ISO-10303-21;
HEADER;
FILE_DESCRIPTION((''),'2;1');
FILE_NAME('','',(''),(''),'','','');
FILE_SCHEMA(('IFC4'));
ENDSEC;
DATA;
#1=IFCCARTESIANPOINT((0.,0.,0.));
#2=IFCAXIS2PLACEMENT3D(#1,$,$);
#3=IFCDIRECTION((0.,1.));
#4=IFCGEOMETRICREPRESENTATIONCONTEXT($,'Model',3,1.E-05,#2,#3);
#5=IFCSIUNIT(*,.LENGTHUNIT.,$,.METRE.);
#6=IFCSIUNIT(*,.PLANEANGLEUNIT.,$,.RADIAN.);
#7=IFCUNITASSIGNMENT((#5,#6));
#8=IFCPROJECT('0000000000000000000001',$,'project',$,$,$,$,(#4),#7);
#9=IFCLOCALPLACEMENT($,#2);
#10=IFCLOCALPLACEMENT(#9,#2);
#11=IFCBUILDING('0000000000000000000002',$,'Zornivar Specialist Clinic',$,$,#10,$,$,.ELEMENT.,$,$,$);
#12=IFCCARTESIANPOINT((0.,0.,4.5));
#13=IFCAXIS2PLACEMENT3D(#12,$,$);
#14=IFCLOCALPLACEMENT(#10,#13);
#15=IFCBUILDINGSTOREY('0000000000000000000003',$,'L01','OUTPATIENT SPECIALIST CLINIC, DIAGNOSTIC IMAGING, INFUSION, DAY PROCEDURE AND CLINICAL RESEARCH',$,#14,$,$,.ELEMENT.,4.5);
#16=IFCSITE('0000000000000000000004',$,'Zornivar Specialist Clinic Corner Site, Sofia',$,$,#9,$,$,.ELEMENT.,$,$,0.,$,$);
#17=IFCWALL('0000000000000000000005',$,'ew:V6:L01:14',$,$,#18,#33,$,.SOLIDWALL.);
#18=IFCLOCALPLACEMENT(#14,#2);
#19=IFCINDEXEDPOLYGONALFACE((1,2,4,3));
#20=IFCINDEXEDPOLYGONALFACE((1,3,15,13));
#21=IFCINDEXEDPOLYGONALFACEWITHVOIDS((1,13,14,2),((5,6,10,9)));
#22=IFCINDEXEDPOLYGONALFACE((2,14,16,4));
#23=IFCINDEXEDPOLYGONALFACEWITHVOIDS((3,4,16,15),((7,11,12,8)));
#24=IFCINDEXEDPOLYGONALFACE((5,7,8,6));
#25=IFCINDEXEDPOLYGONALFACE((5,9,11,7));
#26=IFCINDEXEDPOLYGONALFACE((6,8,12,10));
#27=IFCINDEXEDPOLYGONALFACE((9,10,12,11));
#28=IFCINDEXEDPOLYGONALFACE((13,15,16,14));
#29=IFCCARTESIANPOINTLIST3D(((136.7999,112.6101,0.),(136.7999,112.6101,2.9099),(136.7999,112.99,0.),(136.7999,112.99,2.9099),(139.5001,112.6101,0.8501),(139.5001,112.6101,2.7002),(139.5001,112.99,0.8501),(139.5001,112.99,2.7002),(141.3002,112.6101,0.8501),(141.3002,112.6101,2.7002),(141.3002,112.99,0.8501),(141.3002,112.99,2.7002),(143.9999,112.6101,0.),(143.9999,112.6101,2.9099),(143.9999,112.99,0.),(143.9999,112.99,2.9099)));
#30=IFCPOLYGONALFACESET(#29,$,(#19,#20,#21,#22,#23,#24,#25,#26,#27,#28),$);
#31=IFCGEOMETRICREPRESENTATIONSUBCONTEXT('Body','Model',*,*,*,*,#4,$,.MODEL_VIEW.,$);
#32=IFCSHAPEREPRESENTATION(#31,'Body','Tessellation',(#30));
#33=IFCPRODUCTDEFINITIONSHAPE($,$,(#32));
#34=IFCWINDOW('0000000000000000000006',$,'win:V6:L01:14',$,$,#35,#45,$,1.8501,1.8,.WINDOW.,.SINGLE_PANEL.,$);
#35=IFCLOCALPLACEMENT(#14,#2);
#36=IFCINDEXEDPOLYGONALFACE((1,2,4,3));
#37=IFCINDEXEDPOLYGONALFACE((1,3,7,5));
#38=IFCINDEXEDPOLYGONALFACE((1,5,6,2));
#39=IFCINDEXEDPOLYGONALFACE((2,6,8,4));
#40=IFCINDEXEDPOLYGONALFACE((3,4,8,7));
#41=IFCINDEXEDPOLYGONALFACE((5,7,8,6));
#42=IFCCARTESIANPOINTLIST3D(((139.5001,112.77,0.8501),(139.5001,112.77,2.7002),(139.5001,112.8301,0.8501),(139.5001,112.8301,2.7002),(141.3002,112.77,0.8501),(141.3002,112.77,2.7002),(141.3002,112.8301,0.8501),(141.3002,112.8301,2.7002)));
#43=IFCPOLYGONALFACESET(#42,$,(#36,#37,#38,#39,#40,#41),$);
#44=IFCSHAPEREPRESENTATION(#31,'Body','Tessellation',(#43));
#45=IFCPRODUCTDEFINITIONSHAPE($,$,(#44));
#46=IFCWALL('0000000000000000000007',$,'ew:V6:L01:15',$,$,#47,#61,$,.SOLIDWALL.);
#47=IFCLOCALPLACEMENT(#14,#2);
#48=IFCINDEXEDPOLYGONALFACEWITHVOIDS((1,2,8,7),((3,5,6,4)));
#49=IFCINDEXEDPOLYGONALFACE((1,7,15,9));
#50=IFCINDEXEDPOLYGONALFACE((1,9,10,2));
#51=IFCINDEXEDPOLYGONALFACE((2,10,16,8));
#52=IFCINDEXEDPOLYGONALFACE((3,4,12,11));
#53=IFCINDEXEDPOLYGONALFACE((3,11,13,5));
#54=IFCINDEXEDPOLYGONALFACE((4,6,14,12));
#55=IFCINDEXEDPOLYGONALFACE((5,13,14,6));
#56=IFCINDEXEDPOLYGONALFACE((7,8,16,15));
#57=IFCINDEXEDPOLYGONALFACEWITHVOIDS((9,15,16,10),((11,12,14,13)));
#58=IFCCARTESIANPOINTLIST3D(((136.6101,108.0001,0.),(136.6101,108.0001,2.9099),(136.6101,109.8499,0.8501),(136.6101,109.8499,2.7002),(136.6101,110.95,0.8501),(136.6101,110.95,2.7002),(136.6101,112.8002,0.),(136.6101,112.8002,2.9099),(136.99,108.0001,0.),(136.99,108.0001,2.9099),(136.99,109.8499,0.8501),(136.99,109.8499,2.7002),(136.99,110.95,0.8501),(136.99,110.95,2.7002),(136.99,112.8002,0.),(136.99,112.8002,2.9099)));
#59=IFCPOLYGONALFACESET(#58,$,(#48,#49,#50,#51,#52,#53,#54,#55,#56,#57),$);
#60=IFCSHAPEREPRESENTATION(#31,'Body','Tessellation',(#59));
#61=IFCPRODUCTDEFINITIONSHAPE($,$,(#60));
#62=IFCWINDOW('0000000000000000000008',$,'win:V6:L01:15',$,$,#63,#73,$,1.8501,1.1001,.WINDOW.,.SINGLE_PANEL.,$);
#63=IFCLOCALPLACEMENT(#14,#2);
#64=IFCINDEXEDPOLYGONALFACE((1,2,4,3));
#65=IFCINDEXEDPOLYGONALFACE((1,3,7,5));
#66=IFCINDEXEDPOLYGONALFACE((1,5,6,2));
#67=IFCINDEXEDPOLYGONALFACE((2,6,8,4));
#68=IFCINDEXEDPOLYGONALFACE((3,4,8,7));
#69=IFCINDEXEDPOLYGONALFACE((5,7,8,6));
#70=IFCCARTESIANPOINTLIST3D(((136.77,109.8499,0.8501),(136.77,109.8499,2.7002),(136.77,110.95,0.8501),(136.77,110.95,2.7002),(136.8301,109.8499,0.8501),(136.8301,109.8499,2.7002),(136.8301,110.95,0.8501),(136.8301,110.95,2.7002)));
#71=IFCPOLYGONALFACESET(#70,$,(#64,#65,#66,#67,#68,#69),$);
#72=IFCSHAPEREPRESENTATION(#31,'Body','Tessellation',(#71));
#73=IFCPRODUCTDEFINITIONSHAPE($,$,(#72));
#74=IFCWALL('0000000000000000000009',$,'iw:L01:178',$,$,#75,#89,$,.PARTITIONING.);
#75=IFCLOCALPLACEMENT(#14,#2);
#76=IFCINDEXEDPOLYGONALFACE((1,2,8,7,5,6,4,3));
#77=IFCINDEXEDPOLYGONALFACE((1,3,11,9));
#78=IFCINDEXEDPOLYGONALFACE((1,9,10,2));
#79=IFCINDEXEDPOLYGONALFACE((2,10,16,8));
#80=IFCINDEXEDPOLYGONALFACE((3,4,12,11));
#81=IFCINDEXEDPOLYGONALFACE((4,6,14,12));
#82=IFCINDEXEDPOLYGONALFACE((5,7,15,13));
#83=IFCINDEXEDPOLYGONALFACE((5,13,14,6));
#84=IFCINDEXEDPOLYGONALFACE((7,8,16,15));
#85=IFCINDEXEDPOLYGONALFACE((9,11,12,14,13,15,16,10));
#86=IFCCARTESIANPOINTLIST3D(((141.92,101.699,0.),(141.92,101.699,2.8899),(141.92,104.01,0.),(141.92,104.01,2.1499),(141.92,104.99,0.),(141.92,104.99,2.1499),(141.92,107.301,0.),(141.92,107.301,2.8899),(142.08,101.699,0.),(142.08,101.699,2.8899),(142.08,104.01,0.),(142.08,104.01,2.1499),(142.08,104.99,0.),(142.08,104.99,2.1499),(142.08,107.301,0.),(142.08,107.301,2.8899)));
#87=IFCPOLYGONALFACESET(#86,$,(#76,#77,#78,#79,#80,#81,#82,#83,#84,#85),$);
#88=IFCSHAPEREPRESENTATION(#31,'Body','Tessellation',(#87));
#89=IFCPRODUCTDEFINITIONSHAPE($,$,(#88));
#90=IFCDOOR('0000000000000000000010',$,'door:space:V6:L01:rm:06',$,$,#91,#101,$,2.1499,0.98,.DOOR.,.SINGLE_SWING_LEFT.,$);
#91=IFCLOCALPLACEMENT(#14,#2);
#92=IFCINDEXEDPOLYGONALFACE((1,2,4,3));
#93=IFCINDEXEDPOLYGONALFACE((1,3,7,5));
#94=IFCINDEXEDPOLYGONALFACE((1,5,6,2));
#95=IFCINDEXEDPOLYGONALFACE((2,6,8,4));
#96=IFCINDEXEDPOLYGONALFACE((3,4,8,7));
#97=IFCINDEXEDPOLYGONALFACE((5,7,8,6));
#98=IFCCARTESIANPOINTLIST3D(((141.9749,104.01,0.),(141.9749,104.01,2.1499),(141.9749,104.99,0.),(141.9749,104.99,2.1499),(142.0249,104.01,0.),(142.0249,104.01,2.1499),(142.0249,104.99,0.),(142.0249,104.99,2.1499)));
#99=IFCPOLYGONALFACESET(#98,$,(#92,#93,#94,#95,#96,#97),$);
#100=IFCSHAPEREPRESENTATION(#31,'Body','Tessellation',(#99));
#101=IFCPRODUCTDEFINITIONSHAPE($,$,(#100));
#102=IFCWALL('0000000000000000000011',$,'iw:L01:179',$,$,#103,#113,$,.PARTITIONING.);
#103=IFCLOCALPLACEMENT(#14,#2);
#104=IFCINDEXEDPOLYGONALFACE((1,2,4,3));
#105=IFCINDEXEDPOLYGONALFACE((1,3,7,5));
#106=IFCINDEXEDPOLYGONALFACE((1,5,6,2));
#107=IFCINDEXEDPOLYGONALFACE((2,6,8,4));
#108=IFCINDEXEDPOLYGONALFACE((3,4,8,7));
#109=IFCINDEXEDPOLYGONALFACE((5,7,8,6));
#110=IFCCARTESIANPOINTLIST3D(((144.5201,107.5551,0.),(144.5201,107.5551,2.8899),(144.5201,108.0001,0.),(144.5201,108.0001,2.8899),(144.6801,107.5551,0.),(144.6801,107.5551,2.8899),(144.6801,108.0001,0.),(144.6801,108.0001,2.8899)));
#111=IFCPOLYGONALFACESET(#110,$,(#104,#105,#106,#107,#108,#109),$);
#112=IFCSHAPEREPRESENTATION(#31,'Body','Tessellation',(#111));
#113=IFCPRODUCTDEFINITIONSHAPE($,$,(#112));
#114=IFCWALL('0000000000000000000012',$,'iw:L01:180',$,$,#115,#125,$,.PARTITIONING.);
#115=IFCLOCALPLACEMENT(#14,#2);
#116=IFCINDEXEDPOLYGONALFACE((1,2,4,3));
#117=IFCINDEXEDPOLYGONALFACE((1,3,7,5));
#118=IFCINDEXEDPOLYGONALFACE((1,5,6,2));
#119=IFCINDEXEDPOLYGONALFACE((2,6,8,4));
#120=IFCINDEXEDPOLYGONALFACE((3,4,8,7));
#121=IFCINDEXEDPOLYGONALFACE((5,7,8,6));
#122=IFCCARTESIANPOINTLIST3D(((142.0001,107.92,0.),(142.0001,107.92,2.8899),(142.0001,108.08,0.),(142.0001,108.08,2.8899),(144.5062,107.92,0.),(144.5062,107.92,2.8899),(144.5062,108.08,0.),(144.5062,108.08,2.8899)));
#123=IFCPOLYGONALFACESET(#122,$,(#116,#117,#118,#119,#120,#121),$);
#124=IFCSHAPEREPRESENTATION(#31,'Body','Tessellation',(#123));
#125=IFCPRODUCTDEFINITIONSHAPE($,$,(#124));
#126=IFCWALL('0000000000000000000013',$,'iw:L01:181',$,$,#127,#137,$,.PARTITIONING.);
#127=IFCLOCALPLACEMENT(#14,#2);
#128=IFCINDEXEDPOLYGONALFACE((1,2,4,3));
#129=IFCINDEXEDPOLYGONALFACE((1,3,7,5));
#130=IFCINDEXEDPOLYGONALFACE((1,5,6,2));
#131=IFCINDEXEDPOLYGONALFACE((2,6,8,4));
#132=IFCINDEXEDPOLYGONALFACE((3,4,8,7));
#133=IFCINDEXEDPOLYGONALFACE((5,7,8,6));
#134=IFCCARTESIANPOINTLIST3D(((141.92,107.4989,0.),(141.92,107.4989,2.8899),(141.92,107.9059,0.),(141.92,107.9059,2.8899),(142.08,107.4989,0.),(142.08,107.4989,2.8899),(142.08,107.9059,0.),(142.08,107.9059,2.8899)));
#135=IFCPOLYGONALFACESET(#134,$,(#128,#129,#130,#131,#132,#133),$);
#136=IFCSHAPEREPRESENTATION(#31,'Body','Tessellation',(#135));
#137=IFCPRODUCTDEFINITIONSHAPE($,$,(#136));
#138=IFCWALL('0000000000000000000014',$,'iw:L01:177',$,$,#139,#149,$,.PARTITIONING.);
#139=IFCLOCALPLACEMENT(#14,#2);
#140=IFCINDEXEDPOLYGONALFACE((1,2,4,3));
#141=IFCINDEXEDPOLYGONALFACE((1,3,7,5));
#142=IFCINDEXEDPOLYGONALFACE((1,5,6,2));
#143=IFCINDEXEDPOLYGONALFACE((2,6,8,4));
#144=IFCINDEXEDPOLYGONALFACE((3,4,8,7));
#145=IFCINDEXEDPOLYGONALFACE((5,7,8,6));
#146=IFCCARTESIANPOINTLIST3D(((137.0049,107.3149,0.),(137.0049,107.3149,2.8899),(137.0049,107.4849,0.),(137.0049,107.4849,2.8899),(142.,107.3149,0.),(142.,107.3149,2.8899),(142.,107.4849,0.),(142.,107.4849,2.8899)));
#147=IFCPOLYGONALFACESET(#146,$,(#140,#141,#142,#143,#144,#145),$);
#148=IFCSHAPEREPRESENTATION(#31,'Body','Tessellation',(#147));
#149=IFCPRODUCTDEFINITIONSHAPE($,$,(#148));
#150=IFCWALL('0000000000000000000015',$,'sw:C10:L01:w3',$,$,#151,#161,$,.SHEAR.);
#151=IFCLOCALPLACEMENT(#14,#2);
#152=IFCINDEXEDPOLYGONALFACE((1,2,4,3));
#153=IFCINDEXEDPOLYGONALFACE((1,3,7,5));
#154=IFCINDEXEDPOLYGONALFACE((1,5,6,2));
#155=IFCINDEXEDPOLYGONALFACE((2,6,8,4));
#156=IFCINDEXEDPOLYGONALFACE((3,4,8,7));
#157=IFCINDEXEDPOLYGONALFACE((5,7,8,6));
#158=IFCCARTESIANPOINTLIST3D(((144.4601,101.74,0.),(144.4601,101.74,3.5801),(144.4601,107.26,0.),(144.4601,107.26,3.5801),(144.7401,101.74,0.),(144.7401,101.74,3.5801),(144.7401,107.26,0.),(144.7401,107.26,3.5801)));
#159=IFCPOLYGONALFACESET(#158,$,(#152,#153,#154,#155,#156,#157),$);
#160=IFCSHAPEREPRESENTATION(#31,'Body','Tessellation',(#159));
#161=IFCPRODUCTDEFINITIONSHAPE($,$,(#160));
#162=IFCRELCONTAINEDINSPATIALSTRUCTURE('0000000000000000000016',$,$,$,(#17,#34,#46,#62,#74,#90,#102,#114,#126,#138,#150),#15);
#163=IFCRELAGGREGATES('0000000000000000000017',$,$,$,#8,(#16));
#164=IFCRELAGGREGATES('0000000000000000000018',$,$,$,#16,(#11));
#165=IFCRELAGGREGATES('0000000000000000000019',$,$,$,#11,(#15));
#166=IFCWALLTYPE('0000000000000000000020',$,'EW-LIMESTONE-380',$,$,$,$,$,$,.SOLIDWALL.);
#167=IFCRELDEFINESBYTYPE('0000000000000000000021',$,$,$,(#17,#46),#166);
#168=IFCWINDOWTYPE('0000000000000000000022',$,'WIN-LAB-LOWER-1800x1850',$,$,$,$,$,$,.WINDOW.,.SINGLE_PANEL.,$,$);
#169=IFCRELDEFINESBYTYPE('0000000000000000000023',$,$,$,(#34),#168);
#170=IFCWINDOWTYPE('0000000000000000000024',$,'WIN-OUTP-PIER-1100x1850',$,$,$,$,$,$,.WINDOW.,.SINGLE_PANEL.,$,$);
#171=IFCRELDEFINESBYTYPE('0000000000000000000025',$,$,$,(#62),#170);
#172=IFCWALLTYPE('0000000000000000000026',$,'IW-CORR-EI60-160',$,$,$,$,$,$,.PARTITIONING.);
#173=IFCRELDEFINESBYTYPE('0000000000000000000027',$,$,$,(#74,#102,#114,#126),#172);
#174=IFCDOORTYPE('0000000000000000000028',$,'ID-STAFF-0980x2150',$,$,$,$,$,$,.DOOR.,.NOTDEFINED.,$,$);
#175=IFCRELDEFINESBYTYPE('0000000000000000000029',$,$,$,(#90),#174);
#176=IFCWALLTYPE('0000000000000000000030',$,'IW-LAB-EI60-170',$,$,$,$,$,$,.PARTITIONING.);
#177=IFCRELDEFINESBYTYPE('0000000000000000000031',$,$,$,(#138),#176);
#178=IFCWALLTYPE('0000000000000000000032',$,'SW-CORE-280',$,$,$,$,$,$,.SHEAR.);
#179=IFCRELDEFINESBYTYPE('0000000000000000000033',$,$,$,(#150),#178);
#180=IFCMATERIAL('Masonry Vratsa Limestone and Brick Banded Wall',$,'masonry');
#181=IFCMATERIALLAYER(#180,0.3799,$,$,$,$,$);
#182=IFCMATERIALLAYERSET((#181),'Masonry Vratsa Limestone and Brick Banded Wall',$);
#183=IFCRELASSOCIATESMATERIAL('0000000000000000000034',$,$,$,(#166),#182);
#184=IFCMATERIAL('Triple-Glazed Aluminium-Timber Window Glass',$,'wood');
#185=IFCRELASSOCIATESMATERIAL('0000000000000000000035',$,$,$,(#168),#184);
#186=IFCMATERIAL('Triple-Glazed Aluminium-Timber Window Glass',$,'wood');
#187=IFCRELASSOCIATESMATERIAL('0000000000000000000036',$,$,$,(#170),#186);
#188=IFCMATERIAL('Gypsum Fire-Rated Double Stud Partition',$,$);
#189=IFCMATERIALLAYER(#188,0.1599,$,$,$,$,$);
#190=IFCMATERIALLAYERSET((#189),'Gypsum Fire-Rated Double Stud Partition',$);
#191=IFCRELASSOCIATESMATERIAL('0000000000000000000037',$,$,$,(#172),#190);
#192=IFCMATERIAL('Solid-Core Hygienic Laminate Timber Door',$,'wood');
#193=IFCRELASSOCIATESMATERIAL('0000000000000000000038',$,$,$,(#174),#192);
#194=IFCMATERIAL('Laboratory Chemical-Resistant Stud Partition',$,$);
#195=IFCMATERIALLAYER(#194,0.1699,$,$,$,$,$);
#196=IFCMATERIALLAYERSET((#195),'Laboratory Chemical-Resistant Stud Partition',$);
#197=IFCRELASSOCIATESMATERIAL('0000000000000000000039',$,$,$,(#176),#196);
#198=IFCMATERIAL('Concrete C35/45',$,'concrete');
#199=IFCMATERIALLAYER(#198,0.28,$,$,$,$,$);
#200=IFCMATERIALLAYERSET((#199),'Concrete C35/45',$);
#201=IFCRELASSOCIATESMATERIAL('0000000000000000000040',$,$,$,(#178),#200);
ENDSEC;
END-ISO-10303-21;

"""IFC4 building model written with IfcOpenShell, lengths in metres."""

from ifc_helpers import new_model, si_unit, direction, frame, frame_2d, origin, place, context, subcontext, project, spatial, rectangle, extrude, material, layer, layer_set, type_object, element, fill, save


model = new_model("IFC4")

# Units and contexts
model_context = context("Model", 3, precision=1e-05, world=origin(), true_north=direction((0.0, 1.0)))
body_context = subcontext(model_context, "Body", "Model", "MODEL_VIEW")
ifc_project = project(units=[si_unit("LENGTHUNIT", "METRE"), si_unit("PLANEANGLEUNIT", "RADIAN")], contexts=[model_context])

# Site, building, storey
site_placement = place(None, origin())
site = spatial("IfcSite", under=ifc_project, at=site_placement, Name="Zornivar Specialist Clinic Corner Site, Sofia", CompositionType="ELEMENT", RefElevation=0.0)
building_placement = place(site_placement, origin())
building = spatial("IfcBuilding", under=site, at=building_placement, Name="Zornivar Specialist Clinic", CompositionType="ELEMENT")
storey_placement = place(building_placement, frame((0.0, 0.0, 4.5)))
storey = spatial("IfcBuildingStorey", under=building, at=storey_placement, Name="L01", Description="OUTPATIENT SPECIALIST CLINIC, DIAGNOSTIC IMAGING, INFUSION, DAY PROCEDURE AND CLINICAL RESEARCH", CompositionType="ELEMENT", Elevation=4.5)

# Walls, openings, windows
ifc_material_1 = material(Name="Masonry Vratsa Limestone and Brick Banded Wall", Category="masonry")
ifc_layer_1 = layer(ifc_material_1, 0.3799)
ifc_layer_set_1 = layer_set([ifc_layer_1], Name="Masonry Vratsa Limestone and Brick Banded Wall")
wall_type_1 = type_object("IfcWallType", Name="EW-LIMESTONE-380", PredefinedType="SOLIDWALL", material=ifc_layer_set_1)
ifc_material_2 = material(Name="Triple-Glazed Aluminium-Timber Window Glass", Category="wood")
window_type_1 = type_object("IfcWindowType", Name="WIN-LAB-LOWER-1800x1850", PartitioningType="SINGLE_PANEL", PredefinedType="WINDOW", material=ifc_material_2)
wall_1_placement = place(storey_placement, frame((144.0, 112.8, 0.0), z_axis=(0.0, 0.0, 1.0), x_axis=(-1.0, 0.0, 0.0)))
wall_1 = element("IfcWall", 1, at=wall_1_placement, inside=storey, type_object=wall_type_1, Name="ew:V6:L01:14", PredefinedType="SOLIDWALL", context=body_context, shape_type="SweptSolid", body=[
    extrude(rectangle(XDim=7.2, YDim=0.3799, at=frame_2d((3.6001, 0.0))), origin(), (0.0, 0.0, 1.0), 2.9099),
])
opening_1_placement = place(wall_1_placement, frame((2.7, 0.0, 0.8501)))
opening_1 = element("IfcOpeningElement", 2, at=opening_1_placement, cuts=wall_1, PredefinedType="OPENING", context=body_context, shape_type="SweptSolid", body=[
    extrude(rectangle(XDim=1.8, YDim=1.8501, at=frame_2d((0.8999, 0.925))), frame((0.0, 0.2, 0.0), z_axis=(0.0, -1.0, 0.0), x_axis=(1.0, 0.0, 0.0)), (0.0, 0.0, 1.0), 0.3999),
])
window_1_placement = place(opening_1_placement, origin())
window_1 = element("IfcWindow", 3, at=window_1_placement, inside=storey, type_object=window_type_1, Name="win:V6:L01:14", OverallHeight=1.8501, OverallWidth=1.8, PartitioningType="SINGLE_PANEL", PredefinedType="WINDOW", context=body_context, shape_type="SweptSolid", body=[
    extrude(rectangle(XDim=1.8, YDim=1.8501, at=frame_2d((0.8999, 0.925))), frame((0.0, 0.03, 0.0), z_axis=(0.0, -1.0, 0.0), x_axis=(1.0, 0.0, 0.0)), (0.0, 0.0, 1.0), 0.0601),
])
fill(opening_1, window_1)
wall_2_placement = place(storey_placement, frame((136.8, 112.8, 0.0), z_axis=(0.0, 0.0, 1.0), x_axis=(0.0, -1.0, 0.0)))
wall_2 = element("IfcWall", 4, at=wall_2_placement, inside=storey, type_object=wall_type_1, Name="ew:V6:L01:15", PredefinedType="SOLIDWALL", context=body_context, shape_type="SweptSolid", body=[
    extrude(rectangle(XDim=4.8, YDim=0.3799, at=frame_2d((2.3999, 0.0))), origin(), (0.0, 0.0, 1.0), 2.9099),
])
opening_2_placement = place(wall_2_placement, frame((1.8501, 0.0, 0.8501)))
opening_2 = element("IfcOpeningElement", 5, at=opening_2_placement, cuts=wall_2, PredefinedType="OPENING", context=body_context, shape_type="SweptSolid", body=[
    extrude(rectangle(XDim=1.1001, YDim=1.8501, at=frame_2d((0.55, 0.925))), frame((0.0, 0.2, 0.0), z_axis=(0.0, -1.0, 0.0), x_axis=(1.0, 0.0, 0.0)), (0.0, 0.0, 1.0), 0.3999),
])
ifc_material_3 = material(Name="Triple-Glazed Aluminium-Timber Window Glass", Category="wood")
window_type_2 = type_object("IfcWindowType", Name="WIN-OUTP-PIER-1100x1850", PartitioningType="SINGLE_PANEL", PredefinedType="WINDOW", material=ifc_material_3)
window_2_placement = place(opening_2_placement, origin())
window_2 = element("IfcWindow", 6, at=window_2_placement, inside=storey, type_object=window_type_2, Name="win:V6:L01:15", OverallHeight=1.8501, OverallWidth=1.1001, PartitioningType="SINGLE_PANEL", PredefinedType="WINDOW", context=body_context, shape_type="SweptSolid", body=[
    extrude(rectangle(XDim=1.1001, YDim=1.8501, at=frame_2d((0.55, 0.925))), frame((0.0, 0.03, 0.0), z_axis=(0.0, -1.0, 0.0), x_axis=(1.0, 0.0, 0.0)), (0.0, 0.0, 1.0), 0.0601),
])
fill(opening_2, window_2)

# Wall, opening, door
ifc_material_4 = material(Name="Gypsum Fire-Rated Double Stud Partition")
ifc_layer_2 = layer(ifc_material_4, 0.1599)
ifc_layer_set_2 = layer_set([ifc_layer_2], Name="Gypsum Fire-Rated Double Stud Partition")
wall_type_2 = type_object("IfcWallType", Name="IW-CORR-EI60-160", PredefinedType="PARTITIONING", material=ifc_layer_set_2)
wall_3_placement = place(storey_placement, frame((142.0, 107.301, 0.0), z_axis=(0.0, 0.0, 1.0), x_axis=(0.0, -1.0, 0.0)))
wall_3 = element("IfcWall", 7, at=wall_3_placement, inside=storey, type_object=wall_type_2, Name="iw:L01:178", PredefinedType="PARTITIONING", context=body_context, shape_type="SweptSolid", body=[
    extrude(rectangle(XDim=5.6021, YDim=0.1599, at=frame_2d((2.801, 0.0))), origin(), (0.0, 0.0, 1.0), 2.8899),
])
opening_3_placement = place(wall_3_placement, frame((2.311, 0.0, 0.0)))
opening_3 = element("IfcOpeningElement", 8, at=opening_3_placement, cuts=wall_3, PredefinedType="OPENING", context=body_context, shape_type="SweptSolid", body=[
    extrude(rectangle(XDim=0.98, YDim=2.1499, at=frame_2d((0.49, 1.075))), frame((0.0, 0.0898, 0.0), z_axis=(0.0, -1.0, 0.0), x_axis=(1.0, 0.0, 0.0)), (0.0, 0.0, 1.0), 0.1799),
])
ifc_material_5 = material(Name="Solid-Core Hygienic Laminate Timber Door", Category="wood")
door_type = type_object("IfcDoorType", Name="ID-STAFF-0980x2150", OperationType="NOTDEFINED", PredefinedType="DOOR", material=ifc_material_5)
door_placement = place(opening_3_placement, origin())
door = element("IfcDoor", 9, at=door_placement, inside=storey, type_object=door_type, Name="door:space:V6:L01:rm:06", OperationType="SINGLE_SWING_LEFT", OverallHeight=2.1499, OverallWidth=0.98, PredefinedType="DOOR", context=body_context, shape_type="SweptSolid", body=[
    extrude(rectangle(XDim=0.98, YDim=2.1499, at=frame_2d((0.49, 1.075))), frame((0.0, 0.0249, 0.0), z_axis=(0.0, -1.0, 0.0), x_axis=(1.0, 0.0, 0.0)), (0.0, 0.0, 1.0), 0.05),
])
fill(opening_3, door)

# Walls
wall_4_placement = place(storey_placement, frame((144.6001, 107.5549, 0.0), z_axis=(0.0, 0.0, 1.0), x_axis=(0.0, 1.0, 0.0)))
element("IfcWall", 10, at=wall_4_placement, inside=storey, type_object=wall_type_2, Name="iw:L01:179", PredefinedType="PARTITIONING", context=body_context, shape_type="SweptSolid", body=[
    extrude(rectangle(XDim=0.4451, YDim=0.1599, at=frame_2d((0.2227, 0.0))), origin(), (0.0, 0.0, 1.0), 2.8899),
])
wall_5_placement = place(storey_placement, frame((144.5061, 108.0, 0.0), z_axis=(0.0, 0.0, 1.0), x_axis=(-1.0, 0.0, 0.0)))
element("IfcWall", 11, at=wall_5_placement, inside=storey, type_object=wall_type_2, Name="iw:L01:180", PredefinedType="PARTITIONING", context=body_context, shape_type="SweptSolid", body=[
    extrude(rectangle(XDim=2.5061, YDim=0.1599, at=frame_2d((1.2529, 0.0))), origin(), (0.0, 0.0, 1.0), 2.8899),
])
wall_6_placement = place(storey_placement, frame((142.0, 107.906, 0.0), z_axis=(0.0, 0.0, 1.0), x_axis=(0.0, -1.0, 0.0)))
element("IfcWall", 12, at=wall_6_placement, inside=storey, type_object=wall_type_2, Name="iw:L01:181", PredefinedType="PARTITIONING", context=body_context, shape_type="SweptSolid", body=[
    extrude(rectangle(XDim=0.407, YDim=0.1599, at=frame_2d((0.2036, 0.0))), origin(), (0.0, 0.0, 1.0), 2.8899),
])
ifc_material_6 = material(Name="Laboratory Chemical-Resistant Stud Partition")
ifc_layer_3 = layer(ifc_material_6, 0.1699)
ifc_layer_set_3 = layer_set([ifc_layer_3], Name="Laboratory Chemical-Resistant Stud Partition")
wall_type_3 = type_object("IfcWallType", Name="IW-LAB-EI60-170", PredefinedType="PARTITIONING", material=ifc_layer_set_3)
wall_7_placement = place(storey_placement, frame((137.0049, 107.3999, 0.0), z_axis=(0.0, 0.0, 1.0), x_axis=(1.0, 0.0, 0.0)))
element("IfcWall", 13, at=wall_7_placement, inside=storey, type_object=wall_type_3, Name="iw:L01:177", PredefinedType="PARTITIONING", context=body_context, shape_type="SweptSolid", body=[
    extrude(rectangle(XDim=4.9951, YDim=0.1699, at=frame_2d((2.4976, 0.0))), origin(), (0.0, 0.0, 1.0), 2.8899),
])
ifc_material_7 = material(Name="Concrete C35/45", Category="concrete")
ifc_layer_4 = layer(ifc_material_7, 0.28)
ifc_layer_set_4 = layer_set([ifc_layer_4], Name="Concrete C35/45")
wall_type_4 = type_object("IfcWallType", Name="SW-CORE-280", PredefinedType="SHEAR", material=ifc_layer_set_4)
wall_8_placement = place(storey_placement, frame((144.6001, 107.26, 0.0), z_axis=(0.0, 0.0, 1.0), x_axis=(0.0, -1.0, 0.0)))
element("IfcWall", 14, at=wall_8_placement, inside=storey, type_object=wall_type_4, Name="sw:C10:L01:w3", PredefinedType="SHEAR", context=body_context, shape_type="SweptSolid", body=[
    extrude(rectangle(XDim=5.52, YDim=0.28, at=frame_2d((2.76, 0.0))), origin(), (0.0, 0.0, 1.0), 3.5801),
])

save(model, "model.ifc")
